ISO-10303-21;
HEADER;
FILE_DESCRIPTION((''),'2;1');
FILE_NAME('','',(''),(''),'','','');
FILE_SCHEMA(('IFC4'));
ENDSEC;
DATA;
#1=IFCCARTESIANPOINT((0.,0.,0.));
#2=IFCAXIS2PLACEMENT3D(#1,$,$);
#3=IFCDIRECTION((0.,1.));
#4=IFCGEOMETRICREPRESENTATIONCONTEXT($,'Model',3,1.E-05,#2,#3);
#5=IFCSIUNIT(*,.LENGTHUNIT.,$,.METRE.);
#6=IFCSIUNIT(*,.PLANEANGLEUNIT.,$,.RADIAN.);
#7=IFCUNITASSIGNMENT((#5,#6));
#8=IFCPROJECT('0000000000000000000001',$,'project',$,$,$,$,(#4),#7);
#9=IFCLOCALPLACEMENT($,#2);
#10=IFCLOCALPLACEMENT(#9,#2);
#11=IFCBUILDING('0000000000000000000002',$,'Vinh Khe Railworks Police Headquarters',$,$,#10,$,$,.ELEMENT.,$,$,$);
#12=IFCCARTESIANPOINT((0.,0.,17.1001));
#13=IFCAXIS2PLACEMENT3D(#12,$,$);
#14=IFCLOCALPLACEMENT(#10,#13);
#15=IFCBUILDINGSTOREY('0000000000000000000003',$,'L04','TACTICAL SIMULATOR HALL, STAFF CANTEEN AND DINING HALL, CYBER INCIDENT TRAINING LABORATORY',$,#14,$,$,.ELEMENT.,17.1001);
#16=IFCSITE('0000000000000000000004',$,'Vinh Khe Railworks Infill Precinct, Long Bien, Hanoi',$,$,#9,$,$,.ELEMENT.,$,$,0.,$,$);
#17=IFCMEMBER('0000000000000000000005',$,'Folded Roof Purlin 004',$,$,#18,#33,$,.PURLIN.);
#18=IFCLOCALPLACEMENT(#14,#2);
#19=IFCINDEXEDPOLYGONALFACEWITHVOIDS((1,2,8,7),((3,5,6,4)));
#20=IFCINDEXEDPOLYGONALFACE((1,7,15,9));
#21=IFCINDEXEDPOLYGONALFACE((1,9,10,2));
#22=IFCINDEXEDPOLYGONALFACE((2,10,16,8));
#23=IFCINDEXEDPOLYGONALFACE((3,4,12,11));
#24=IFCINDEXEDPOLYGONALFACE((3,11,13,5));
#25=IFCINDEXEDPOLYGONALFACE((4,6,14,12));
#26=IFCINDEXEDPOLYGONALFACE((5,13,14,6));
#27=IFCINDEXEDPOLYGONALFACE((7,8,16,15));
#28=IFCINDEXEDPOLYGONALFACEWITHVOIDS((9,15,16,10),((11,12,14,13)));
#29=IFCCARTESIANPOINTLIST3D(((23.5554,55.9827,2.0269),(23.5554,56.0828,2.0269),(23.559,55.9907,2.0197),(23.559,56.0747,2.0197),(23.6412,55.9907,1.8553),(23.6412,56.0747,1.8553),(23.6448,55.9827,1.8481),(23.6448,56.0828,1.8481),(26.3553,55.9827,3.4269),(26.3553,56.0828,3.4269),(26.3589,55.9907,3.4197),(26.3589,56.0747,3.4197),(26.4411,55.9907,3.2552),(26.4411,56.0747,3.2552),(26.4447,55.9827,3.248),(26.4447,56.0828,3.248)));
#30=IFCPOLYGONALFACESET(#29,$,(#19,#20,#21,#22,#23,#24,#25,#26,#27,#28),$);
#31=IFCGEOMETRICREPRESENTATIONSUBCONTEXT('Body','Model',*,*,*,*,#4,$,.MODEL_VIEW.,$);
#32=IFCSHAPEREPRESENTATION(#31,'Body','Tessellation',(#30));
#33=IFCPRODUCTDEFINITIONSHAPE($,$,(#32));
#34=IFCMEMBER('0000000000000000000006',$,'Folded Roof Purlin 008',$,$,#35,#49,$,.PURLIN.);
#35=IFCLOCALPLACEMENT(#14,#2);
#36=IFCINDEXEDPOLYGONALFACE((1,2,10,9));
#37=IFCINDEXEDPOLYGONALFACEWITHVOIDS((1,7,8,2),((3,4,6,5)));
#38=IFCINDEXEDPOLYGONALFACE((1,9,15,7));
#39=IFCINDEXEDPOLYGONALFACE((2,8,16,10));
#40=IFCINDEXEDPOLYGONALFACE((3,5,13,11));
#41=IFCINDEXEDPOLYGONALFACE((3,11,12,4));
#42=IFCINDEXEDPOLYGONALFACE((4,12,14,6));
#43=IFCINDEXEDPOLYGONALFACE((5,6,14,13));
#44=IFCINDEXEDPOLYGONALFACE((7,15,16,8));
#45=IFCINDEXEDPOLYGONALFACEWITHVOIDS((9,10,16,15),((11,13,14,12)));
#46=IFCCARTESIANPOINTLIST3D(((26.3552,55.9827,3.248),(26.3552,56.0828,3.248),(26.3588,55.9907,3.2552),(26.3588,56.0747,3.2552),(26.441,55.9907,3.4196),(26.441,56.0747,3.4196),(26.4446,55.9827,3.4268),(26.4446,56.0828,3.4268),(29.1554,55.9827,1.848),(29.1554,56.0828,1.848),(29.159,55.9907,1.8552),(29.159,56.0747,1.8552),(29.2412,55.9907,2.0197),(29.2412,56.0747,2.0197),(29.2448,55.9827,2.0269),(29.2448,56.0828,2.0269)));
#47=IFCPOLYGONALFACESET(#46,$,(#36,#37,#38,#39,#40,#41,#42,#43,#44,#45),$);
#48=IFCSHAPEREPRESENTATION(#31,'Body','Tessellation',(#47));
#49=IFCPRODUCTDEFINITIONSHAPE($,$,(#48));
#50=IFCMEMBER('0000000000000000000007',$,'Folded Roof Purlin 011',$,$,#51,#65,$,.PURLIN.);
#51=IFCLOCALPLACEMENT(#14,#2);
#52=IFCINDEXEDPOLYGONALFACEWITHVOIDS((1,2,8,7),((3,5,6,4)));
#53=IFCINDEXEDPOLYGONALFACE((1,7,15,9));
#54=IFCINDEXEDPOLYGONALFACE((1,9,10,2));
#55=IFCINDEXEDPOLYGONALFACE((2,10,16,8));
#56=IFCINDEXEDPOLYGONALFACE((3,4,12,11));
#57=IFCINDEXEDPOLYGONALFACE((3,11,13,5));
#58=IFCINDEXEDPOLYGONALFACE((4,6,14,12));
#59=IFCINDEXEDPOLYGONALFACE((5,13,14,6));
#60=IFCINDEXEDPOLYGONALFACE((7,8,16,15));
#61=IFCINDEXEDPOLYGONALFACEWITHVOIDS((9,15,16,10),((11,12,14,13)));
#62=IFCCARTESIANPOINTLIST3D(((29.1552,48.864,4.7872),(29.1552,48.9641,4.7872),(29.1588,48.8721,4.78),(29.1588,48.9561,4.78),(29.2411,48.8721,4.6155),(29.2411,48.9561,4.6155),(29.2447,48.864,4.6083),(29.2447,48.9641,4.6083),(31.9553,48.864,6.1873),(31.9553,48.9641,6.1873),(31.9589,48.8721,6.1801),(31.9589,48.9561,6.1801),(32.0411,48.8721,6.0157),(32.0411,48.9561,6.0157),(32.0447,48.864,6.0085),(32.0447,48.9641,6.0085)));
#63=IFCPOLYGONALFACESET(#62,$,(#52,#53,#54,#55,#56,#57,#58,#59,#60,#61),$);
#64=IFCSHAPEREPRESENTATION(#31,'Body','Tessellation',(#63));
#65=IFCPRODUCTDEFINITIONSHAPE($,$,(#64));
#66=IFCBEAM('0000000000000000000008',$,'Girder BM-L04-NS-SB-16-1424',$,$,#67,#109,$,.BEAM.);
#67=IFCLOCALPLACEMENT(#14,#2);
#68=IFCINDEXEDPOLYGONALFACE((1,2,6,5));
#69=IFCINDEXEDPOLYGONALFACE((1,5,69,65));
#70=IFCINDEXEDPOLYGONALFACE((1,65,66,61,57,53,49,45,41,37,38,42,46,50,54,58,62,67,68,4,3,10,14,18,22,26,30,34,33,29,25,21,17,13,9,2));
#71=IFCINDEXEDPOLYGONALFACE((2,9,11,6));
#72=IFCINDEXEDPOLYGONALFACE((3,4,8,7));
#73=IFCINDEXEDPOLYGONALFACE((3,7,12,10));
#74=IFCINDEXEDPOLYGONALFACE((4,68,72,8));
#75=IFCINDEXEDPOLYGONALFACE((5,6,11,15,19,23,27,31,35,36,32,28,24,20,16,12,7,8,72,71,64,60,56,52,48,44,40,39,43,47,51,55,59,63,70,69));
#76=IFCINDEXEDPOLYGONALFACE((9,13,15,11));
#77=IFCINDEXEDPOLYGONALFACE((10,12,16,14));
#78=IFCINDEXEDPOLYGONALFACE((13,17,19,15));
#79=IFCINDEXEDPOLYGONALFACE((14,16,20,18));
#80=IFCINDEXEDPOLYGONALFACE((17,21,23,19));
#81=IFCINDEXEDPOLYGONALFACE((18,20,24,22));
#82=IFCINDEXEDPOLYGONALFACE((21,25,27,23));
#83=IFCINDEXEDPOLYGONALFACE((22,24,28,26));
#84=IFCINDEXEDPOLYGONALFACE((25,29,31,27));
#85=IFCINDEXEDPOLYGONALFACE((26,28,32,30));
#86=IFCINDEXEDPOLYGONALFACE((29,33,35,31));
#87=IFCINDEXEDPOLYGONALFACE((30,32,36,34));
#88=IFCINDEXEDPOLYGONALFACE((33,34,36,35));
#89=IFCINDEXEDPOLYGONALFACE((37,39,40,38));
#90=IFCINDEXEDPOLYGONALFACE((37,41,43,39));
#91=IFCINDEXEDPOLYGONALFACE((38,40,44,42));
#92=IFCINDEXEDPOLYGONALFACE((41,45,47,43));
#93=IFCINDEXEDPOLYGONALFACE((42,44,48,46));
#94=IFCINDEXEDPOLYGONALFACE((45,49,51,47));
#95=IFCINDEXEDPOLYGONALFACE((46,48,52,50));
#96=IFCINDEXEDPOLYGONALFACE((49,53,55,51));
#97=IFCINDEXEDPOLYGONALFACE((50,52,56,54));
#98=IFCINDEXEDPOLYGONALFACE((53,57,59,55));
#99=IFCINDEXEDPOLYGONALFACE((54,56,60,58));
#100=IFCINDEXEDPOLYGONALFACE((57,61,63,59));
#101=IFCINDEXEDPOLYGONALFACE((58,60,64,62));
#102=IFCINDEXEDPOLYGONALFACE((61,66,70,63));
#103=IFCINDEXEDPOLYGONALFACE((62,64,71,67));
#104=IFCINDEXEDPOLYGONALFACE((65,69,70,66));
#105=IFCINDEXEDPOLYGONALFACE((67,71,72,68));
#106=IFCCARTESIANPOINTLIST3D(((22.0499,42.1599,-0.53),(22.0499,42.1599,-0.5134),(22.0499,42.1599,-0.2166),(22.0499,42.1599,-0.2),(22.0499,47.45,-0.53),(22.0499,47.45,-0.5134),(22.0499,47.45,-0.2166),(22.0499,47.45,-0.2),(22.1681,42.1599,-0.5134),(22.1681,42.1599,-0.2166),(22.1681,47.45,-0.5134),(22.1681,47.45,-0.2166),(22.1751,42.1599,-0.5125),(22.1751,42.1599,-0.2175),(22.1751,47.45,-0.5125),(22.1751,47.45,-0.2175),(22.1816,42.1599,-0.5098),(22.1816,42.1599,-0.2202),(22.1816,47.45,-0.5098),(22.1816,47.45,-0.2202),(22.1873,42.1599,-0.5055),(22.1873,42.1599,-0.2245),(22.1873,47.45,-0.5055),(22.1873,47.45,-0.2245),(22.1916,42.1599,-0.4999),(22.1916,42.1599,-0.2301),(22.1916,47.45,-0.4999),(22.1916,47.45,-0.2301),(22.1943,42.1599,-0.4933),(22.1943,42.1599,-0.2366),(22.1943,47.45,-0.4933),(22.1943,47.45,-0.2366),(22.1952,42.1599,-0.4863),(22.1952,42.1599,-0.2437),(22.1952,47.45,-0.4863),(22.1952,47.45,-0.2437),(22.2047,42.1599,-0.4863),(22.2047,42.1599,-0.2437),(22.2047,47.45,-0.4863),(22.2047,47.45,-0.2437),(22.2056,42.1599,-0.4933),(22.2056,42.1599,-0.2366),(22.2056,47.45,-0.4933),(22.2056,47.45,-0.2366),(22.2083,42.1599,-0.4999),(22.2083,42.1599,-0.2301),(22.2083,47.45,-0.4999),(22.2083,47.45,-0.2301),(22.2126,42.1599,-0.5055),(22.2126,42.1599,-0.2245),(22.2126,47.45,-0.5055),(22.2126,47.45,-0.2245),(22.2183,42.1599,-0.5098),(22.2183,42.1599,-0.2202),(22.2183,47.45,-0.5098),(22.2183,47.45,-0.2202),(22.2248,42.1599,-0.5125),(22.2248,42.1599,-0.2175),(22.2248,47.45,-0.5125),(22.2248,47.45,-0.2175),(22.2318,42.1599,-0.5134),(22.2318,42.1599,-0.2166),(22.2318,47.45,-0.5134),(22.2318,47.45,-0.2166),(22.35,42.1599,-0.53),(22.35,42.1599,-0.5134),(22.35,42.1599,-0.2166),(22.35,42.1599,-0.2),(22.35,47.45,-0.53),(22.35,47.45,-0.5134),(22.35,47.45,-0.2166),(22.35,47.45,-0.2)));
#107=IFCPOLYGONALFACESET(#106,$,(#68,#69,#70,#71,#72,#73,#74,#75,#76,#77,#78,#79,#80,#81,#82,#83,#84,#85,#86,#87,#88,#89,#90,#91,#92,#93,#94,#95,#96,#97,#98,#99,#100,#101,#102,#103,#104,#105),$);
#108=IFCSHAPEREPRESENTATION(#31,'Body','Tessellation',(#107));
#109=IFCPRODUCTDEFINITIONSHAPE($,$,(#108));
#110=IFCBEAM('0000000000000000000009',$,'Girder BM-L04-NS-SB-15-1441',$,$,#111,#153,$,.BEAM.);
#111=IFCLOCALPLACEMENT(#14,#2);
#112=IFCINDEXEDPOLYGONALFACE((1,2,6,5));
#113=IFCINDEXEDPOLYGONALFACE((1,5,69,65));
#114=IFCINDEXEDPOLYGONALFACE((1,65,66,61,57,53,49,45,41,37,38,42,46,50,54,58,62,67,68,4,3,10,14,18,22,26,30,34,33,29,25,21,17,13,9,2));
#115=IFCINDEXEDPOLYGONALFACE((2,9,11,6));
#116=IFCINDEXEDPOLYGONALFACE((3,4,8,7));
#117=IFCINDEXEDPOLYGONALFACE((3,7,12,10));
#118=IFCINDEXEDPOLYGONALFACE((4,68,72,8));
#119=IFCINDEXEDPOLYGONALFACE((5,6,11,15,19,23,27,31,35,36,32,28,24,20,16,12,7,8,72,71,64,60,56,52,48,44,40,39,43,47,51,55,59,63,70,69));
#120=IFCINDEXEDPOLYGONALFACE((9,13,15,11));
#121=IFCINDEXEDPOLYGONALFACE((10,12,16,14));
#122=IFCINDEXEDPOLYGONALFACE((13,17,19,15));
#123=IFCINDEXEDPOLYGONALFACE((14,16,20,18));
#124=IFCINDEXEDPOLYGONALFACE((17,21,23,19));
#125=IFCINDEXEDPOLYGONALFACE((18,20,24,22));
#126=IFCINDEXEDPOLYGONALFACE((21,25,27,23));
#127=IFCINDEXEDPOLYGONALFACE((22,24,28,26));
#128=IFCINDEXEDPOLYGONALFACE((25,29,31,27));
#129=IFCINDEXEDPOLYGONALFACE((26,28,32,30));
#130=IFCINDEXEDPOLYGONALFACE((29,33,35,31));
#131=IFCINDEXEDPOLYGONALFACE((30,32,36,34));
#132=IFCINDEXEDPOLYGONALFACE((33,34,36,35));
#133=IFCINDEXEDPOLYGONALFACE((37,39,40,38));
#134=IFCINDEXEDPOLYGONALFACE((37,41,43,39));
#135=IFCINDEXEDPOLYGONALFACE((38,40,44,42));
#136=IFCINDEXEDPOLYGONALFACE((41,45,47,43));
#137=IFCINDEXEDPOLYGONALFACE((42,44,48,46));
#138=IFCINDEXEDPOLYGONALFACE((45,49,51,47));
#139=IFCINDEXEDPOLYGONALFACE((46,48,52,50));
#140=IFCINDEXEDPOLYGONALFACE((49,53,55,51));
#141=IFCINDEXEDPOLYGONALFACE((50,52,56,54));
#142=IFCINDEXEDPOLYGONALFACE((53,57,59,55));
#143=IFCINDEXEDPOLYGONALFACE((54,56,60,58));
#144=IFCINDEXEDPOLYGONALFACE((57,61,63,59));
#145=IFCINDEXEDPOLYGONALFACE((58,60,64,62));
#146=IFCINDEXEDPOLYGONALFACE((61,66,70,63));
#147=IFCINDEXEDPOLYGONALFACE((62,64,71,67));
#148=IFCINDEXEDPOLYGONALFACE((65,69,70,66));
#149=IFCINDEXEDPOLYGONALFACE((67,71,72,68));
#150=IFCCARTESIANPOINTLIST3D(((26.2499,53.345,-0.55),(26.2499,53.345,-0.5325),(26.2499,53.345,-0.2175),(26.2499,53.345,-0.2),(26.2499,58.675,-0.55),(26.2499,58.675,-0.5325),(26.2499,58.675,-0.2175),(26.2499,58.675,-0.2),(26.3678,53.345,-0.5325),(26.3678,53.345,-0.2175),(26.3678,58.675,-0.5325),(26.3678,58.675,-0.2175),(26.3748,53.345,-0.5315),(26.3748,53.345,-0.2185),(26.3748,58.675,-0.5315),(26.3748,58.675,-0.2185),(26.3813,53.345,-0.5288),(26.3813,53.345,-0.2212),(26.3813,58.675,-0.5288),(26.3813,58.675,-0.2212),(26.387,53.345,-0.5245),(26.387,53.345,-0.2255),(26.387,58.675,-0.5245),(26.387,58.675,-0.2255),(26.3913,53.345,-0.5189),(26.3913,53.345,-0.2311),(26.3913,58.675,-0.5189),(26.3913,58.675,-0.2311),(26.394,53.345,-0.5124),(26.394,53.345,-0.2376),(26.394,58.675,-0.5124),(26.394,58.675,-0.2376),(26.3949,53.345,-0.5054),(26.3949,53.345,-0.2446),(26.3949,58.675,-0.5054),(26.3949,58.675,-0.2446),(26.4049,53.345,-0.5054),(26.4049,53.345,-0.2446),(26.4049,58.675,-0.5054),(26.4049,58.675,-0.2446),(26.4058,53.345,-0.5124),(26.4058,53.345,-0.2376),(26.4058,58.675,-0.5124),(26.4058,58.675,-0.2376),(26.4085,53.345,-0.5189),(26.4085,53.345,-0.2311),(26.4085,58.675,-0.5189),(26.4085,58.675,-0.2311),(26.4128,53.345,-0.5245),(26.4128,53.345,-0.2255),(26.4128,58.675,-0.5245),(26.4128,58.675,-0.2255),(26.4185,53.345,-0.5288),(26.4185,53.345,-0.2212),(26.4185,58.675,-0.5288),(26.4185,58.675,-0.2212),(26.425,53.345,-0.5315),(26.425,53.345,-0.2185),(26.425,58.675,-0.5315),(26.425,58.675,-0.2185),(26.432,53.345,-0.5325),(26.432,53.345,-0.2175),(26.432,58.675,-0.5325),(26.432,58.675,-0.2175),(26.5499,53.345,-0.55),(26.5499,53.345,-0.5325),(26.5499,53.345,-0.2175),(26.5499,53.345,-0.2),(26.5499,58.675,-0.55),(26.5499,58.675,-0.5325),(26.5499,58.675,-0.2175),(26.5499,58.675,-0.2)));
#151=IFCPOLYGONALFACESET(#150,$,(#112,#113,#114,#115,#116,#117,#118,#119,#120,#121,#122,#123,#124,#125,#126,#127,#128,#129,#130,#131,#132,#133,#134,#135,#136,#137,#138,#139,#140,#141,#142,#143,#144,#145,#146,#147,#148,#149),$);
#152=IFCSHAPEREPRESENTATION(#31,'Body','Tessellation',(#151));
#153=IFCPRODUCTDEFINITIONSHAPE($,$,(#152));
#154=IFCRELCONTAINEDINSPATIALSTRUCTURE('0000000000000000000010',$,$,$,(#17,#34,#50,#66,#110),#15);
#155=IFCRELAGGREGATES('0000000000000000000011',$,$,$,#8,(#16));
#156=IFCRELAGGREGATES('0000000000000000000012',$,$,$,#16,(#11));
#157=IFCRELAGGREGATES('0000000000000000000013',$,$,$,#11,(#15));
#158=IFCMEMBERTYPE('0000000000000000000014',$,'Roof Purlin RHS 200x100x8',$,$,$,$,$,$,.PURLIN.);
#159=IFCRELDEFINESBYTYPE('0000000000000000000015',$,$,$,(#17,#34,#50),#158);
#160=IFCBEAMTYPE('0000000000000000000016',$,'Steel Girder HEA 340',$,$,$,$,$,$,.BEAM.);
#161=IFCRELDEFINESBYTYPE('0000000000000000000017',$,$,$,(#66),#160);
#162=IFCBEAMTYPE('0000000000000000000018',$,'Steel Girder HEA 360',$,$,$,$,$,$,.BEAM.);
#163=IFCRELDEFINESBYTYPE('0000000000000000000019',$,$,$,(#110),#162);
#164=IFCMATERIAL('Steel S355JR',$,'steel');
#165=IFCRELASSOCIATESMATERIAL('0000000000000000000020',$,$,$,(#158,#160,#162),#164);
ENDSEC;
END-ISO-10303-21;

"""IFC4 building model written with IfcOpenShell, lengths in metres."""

from ifc_helpers import new_model, si_unit, direction, frame, origin, origin_2d, place, context, subcontext, project, spatial, hollow_rectangle, i_section, extrude, material, material_profile, profile_set, type_object, element, save


model = new_model("IFC4")

# Units and contexts
model_context = context("Model", 3, precision=1e-05, world=origin(), true_north=direction((0.0, 1.0)))
body_context = subcontext(model_context, "Body", "Model", "MODEL_VIEW")
ifc_project = project(units=[si_unit("LENGTHUNIT", "METRE"), si_unit("PLANEANGLEUNIT", "RADIAN")], contexts=[model_context])

# Site, building, storey
site_placement = place(None, origin())
site = spatial("IfcSite", under=ifc_project, at=site_placement, Name="Vinh Khe Railworks Infill Precinct, Long Bien, Hanoi", CompositionType="ELEMENT", RefElevation=0.0)
building_placement = place(site_placement, origin())
building = spatial("IfcBuilding", under=site, at=building_placement, Name="Vinh Khe Railworks Police Headquarters", CompositionType="ELEMENT")
storey_placement = place(building_placement, frame((0.0, 0.0, 17.1001)))
storey = spatial("IfcBuildingStorey", under=building, at=storey_placement, Name="L04", Description="TACTICAL SIMULATOR HALL, STAFF CANTEEN AND DINING HALL, CYBER INCIDENT TRAINING LABORATORY", CompositionType="ELEMENT", Elevation=17.1001)

# Shared definitions
ifc_material_1 = material(Name="Steel S355JR", Category="steel")

# Members
ifc_material_profile_1 = material_profile(ifc_material_1, hollow_rectangle(XDim=0.1001, YDim=0.2, WallThickness=0.0081, at=origin_2d()), Name="RHS 200x100x8")
ifc_profile_set_1 = profile_set([ifc_material_profile_1], Name="Steel S355JR")
member_type_1 = type_object("IfcMemberType", Name="Roof Purlin RHS 200x100x8", PredefinedType="PURLIN", material=ifc_profile_set_1)
member_1_placement = place(storey_placement, frame((23.6001, 56.0327, 1.9375), z_axis=(0.894427, 0.0, 0.447214), x_axis=(0.0, 1.0, 0.0)))
element("IfcMember", 1, at=member_1_placement, inside=storey, type_object=member_type_1, Name="Folded Roof Purlin 004", PredefinedType="PURLIN", context=body_context, shape_type="SweptSolid", body=[
    extrude(hollow_rectangle(XDim=0.1001, YDim=0.2, WallThickness=0.0081, at=origin_2d()), origin(), (0.0, 0.0, 1.0), 3.1304),
])
for number, where, z_axis, x_axis, name in (
    (2, (26.3999, 56.0327, 3.3374), (0.894443, 0.0, -0.447182), (0.0, 1.0, 0.0), "Folded Roof Purlin 008"),
    (3, (29.2, 48.9141, 4.6978), (0.894412, 0.0, 0.447245), (0.0, 1.0, 0.0), "Folded Roof Purlin 011"),
):
    element("IfcMember", number, at=place(storey_placement, frame(where, z_axis=z_axis, x_axis=x_axis)), inside=storey, type_object=member_type_1, Name=name, PredefinedType="PURLIN", context=body_context, shape_type="SweptSolid", body=[
        extrude(hollow_rectangle(XDim=0.1001, YDim=0.2, WallThickness=0.0081, at=origin_2d()), origin(), (0.0, 0.0, 1.0), 3.1306),
    ])

# Beams
ifc_material_profile_2 = material_profile(ifc_material_1, i_section(OverallWidth=0.3, OverallDepth=0.3301, WebThickness=0.0095, FlangeThickness=0.0166, FilletRadius=0.0271, at=origin_2d()), Name="HEA 340")
ifc_profile_set_2 = profile_set([ifc_material_profile_2], Name="Steel S355JR")
beam_type_1 = type_object("IfcBeamType", Name="Steel Girder HEA 340", PredefinedType="BEAM", material=ifc_profile_set_2)
beam_1_placement = place(storey_placement, frame((22.2, 42.1599, -0.365), z_axis=(0.0, 1.0, 0.0), x_axis=(-1.0, 0.0, 0.0)))
element("IfcBeam", 4, at=beam_1_placement, inside=storey, type_object=beam_type_1, Name="Girder BM-L04-NS-SB-16-1424", PredefinedType="BEAM", context=body_context, shape_type="SweptSolid", body=[
    extrude(i_section(OverallWidth=0.3, OverallDepth=0.3301, WebThickness=0.0095, FlangeThickness=0.0166, FilletRadius=0.0271, at=origin_2d()), origin(), (0.0, 0.0, 1.0), 5.29),
])
ifc_material_profile_3 = material_profile(ifc_material_1, i_section(OverallWidth=0.3, OverallDepth=0.3501, WebThickness=0.01, FlangeThickness=0.0176, FilletRadius=0.0271, at=origin_2d()), Name="HEA 360")
ifc_profile_set_3 = profile_set([ifc_material_profile_3], Name="Steel S355JR")
beam_type_2 = type_object("IfcBeamType", Name="Steel Girder HEA 360", PredefinedType="BEAM", material=ifc_profile_set_3)
beam_2_placement = place(storey_placement, frame((26.3999, 53.345, -0.375), z_axis=(0.0, 1.0, 0.0), x_axis=(-1.0, 0.0, 0.0)))
element("IfcBeam", 5, at=beam_2_placement, inside=storey, type_object=beam_type_2, Name="Girder BM-L04-NS-SB-15-1441", PredefinedType="BEAM", context=body_context, shape_type="SweptSolid", body=[
    extrude(i_section(OverallWidth=0.3, OverallDepth=0.3501, WebThickness=0.01, FlangeThickness=0.0176, FilletRadius=0.0271, at=origin_2d()), origin(), (0.0, 0.0, 1.0), 5.3301),
])

save(model, "model.ifc")
